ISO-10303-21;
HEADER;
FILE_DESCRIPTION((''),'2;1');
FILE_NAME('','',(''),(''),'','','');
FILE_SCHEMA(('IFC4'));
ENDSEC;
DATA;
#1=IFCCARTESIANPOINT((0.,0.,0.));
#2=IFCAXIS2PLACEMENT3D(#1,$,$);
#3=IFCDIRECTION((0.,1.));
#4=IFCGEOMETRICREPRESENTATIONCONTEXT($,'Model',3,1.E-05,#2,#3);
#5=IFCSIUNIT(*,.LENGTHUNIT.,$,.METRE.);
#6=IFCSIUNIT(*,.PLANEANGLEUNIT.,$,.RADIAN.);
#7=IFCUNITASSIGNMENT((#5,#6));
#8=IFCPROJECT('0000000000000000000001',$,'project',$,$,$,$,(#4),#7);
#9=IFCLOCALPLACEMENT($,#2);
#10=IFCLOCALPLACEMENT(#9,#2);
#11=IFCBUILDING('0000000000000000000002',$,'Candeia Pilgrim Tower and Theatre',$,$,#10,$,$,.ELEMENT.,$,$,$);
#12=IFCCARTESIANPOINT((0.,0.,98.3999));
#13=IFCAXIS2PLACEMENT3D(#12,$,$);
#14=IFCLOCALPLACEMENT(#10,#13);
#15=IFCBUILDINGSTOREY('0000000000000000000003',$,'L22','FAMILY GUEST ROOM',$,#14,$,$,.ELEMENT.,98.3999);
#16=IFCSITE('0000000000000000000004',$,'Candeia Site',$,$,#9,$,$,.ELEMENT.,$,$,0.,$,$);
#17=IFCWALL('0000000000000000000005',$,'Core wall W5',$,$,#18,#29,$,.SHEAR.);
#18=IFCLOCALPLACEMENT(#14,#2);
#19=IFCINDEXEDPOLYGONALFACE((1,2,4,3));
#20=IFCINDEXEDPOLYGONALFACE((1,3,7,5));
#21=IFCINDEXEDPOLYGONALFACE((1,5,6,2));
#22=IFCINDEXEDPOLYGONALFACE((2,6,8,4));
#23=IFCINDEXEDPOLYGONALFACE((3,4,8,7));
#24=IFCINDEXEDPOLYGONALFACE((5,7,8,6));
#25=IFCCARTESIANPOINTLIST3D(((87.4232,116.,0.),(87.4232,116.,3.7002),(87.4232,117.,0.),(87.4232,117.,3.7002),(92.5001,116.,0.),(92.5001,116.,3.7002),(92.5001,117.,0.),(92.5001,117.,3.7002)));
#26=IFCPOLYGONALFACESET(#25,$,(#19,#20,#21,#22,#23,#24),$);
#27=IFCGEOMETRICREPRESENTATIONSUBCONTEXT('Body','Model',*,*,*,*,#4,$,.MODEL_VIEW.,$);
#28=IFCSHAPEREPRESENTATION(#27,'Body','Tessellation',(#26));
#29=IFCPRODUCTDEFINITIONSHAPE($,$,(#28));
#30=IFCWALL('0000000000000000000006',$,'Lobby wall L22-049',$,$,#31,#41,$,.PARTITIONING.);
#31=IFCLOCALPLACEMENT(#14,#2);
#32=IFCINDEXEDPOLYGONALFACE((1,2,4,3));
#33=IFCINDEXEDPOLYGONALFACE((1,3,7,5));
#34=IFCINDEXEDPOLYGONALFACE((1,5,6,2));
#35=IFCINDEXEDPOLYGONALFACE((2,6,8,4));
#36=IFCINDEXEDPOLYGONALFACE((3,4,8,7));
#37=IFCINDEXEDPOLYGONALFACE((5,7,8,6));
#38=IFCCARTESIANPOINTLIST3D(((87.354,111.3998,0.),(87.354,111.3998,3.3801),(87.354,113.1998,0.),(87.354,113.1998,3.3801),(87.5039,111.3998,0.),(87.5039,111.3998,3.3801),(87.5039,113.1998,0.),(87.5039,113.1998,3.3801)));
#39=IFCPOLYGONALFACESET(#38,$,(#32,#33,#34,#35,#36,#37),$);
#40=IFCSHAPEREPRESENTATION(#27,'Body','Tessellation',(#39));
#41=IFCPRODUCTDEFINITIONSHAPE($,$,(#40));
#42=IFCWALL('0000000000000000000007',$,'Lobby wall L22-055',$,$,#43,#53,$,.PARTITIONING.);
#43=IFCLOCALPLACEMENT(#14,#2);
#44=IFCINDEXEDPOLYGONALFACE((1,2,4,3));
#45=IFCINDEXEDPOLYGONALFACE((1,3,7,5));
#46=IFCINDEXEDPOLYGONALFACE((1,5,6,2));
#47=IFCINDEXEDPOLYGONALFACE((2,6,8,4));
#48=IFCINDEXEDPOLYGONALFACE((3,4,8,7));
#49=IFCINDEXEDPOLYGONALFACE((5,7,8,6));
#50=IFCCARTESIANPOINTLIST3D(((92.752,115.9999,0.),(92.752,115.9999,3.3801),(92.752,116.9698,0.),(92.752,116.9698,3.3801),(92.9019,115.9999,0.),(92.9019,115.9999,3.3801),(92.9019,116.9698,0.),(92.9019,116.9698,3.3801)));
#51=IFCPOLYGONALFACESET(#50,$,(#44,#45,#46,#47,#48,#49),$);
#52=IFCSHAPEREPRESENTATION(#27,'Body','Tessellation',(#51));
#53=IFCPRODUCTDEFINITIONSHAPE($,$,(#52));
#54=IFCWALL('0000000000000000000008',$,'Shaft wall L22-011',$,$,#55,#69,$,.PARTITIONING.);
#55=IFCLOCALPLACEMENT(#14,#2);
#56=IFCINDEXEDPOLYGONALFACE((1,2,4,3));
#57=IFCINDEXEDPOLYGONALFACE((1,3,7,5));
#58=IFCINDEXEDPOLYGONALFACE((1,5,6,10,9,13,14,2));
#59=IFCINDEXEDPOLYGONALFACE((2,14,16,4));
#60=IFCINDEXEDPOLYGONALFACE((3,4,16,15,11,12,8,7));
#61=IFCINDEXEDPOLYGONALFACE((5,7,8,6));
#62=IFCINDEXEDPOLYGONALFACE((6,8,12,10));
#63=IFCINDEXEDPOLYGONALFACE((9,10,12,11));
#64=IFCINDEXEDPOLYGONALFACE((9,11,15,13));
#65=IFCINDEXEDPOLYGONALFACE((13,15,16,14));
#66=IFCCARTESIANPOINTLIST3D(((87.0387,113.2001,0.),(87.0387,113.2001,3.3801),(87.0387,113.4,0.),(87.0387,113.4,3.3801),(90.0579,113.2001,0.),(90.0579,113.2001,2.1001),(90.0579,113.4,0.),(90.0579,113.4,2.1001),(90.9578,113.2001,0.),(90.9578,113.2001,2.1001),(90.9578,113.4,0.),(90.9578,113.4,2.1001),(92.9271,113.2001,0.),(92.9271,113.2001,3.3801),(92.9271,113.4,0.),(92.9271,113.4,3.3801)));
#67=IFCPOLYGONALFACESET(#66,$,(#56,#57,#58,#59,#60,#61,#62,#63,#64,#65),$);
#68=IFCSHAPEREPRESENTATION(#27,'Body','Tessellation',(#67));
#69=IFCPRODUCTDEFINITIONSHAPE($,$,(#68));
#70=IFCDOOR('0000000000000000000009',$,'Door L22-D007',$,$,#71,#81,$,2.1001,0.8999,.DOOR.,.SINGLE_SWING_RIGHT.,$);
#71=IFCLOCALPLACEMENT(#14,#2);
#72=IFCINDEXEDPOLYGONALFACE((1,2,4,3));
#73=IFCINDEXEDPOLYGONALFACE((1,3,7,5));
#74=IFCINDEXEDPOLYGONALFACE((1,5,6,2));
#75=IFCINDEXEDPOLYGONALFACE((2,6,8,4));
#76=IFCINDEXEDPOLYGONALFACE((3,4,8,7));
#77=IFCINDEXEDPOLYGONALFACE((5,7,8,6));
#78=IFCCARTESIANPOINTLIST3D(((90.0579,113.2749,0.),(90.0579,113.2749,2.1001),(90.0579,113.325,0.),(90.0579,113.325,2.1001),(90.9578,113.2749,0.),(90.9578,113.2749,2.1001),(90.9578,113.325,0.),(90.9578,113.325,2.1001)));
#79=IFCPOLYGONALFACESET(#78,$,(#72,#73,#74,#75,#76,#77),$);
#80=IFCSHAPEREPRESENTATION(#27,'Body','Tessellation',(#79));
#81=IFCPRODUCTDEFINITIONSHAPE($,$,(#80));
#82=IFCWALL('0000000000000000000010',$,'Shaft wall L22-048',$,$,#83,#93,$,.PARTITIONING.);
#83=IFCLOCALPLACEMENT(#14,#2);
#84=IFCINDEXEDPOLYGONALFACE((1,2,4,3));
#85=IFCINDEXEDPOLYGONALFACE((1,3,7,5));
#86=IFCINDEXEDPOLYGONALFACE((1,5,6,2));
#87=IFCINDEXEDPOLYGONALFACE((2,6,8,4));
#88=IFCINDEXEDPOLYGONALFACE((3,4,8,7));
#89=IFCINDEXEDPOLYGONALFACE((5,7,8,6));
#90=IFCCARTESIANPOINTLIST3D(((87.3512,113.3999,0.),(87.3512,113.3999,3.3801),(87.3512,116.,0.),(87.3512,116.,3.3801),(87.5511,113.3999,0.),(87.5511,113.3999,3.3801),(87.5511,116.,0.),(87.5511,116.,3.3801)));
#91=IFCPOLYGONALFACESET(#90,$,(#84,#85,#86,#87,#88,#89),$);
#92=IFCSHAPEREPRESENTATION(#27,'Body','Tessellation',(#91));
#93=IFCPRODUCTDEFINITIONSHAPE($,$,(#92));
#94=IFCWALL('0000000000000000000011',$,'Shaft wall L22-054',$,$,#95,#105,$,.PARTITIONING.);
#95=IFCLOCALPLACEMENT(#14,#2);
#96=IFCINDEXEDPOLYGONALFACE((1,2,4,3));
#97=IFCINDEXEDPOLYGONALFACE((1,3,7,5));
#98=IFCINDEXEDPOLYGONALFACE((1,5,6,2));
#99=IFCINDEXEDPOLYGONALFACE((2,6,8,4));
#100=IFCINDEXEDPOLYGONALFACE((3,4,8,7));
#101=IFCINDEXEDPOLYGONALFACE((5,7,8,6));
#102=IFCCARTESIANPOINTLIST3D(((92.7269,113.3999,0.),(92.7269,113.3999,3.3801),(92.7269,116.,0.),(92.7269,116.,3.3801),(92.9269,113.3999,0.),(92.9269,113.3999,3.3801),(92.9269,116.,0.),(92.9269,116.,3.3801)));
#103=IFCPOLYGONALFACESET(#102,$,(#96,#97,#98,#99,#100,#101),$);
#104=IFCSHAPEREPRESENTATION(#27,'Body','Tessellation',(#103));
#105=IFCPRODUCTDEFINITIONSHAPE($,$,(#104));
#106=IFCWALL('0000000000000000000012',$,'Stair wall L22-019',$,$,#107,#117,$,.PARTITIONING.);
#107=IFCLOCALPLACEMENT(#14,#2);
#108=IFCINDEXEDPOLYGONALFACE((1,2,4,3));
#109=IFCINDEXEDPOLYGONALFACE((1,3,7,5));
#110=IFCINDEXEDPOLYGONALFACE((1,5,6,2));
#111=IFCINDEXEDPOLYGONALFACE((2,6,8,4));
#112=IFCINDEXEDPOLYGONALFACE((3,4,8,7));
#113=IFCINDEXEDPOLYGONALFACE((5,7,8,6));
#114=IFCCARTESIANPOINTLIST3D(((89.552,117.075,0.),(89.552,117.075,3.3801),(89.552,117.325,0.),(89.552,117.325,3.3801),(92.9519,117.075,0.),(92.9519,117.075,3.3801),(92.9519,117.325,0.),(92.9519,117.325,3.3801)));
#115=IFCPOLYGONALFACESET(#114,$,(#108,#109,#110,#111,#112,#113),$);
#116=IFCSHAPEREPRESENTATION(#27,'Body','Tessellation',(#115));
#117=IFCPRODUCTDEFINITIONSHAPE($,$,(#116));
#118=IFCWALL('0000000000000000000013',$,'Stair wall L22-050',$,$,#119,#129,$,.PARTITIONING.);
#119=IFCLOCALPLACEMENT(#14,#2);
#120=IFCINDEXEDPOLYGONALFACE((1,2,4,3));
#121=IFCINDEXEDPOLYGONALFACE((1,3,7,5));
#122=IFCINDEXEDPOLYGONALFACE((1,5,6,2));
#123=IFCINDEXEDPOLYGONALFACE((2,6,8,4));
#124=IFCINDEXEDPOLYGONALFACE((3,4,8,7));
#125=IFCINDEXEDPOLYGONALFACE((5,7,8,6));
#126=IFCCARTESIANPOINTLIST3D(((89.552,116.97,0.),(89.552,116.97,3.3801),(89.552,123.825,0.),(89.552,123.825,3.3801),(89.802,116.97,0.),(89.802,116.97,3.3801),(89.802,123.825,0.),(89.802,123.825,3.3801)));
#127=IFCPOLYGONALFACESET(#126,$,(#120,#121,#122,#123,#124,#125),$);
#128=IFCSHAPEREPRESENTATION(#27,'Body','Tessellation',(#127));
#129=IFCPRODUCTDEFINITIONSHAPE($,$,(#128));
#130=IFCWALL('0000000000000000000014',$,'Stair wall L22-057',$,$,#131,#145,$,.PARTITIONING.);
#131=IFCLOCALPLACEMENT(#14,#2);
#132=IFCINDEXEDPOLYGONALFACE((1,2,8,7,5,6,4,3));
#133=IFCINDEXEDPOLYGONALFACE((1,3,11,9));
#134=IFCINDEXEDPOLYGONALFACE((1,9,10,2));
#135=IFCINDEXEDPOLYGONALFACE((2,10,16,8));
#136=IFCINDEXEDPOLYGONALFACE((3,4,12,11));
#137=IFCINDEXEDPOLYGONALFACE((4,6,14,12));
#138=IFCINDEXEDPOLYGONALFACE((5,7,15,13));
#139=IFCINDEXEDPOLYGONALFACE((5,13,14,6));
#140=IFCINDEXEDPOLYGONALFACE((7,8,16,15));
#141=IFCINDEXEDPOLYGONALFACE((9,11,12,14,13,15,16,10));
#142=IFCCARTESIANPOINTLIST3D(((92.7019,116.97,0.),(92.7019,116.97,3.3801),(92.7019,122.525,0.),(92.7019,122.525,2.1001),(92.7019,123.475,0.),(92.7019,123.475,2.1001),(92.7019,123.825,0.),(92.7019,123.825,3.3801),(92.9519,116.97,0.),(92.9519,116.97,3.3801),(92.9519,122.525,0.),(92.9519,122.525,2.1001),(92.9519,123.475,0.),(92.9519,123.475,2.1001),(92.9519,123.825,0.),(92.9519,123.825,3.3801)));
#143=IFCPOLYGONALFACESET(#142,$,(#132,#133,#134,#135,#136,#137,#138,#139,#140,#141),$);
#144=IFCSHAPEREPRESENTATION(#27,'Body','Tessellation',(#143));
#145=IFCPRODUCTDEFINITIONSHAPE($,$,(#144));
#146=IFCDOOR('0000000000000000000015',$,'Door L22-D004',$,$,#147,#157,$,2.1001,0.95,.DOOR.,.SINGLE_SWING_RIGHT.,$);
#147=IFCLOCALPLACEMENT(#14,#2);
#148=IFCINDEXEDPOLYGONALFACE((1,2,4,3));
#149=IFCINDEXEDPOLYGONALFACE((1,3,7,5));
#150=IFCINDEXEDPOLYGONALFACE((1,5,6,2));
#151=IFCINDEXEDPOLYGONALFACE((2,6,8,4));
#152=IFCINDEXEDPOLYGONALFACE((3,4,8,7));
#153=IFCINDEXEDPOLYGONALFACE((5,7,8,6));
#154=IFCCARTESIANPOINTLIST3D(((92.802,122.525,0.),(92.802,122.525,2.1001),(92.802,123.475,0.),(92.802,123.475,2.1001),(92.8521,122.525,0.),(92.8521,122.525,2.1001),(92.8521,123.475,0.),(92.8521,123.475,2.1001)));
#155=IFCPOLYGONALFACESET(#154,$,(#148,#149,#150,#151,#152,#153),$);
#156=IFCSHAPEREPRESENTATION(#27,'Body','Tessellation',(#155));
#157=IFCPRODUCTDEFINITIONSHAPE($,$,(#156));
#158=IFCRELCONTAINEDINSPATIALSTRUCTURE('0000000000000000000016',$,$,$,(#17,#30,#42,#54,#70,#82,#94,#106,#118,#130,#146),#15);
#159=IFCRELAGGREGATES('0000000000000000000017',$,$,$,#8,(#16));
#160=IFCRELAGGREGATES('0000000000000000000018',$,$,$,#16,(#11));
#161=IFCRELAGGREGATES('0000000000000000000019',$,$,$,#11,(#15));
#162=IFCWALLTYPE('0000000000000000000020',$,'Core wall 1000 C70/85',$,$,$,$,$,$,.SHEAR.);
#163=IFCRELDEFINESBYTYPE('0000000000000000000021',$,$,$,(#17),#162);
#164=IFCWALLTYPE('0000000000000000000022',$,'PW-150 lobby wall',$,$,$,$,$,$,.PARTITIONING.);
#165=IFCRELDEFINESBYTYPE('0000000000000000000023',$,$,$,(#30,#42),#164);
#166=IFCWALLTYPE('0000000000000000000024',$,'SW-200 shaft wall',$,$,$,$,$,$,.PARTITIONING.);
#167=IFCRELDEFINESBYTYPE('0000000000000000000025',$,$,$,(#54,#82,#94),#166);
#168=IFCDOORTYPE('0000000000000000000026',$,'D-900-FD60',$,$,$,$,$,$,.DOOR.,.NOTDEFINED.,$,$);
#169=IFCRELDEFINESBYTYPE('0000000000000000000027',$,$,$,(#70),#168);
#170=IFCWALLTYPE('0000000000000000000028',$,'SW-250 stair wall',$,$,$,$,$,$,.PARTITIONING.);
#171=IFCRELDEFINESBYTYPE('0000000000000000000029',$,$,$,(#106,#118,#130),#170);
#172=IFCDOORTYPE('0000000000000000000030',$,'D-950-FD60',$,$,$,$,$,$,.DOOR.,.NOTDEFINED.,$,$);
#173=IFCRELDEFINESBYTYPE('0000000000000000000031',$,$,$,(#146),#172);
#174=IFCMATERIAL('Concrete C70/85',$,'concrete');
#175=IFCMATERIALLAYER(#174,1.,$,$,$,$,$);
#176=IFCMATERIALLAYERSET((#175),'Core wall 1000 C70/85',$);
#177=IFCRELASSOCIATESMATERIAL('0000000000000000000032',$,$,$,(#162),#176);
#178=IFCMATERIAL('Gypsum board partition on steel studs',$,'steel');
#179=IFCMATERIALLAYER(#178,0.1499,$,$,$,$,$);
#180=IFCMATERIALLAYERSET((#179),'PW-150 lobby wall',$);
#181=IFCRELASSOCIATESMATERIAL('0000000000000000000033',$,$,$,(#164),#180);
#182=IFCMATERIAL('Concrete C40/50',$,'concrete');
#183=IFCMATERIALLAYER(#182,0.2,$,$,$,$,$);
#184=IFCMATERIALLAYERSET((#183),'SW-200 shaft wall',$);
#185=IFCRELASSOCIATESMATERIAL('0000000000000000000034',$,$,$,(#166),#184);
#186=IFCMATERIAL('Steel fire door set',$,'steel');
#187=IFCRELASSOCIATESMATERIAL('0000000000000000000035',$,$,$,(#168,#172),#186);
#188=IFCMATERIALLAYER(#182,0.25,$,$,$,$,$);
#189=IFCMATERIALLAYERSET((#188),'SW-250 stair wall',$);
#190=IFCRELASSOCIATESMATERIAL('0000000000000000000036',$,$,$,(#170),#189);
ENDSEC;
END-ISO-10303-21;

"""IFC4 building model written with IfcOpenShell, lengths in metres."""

from ifc_helpers import new_model, si_unit, direction, frame, frame_2d, origin, place, context, subcontext, project, spatial, rectangle, extrude, material, layer, layer_set, type_object, element, fill, save


model = new_model("IFC4")

# Units and contexts
model_context = context("Model", 3, precision=1e-05, world=origin(), true_north=direction((0.0, 1.0)))
body_context = subcontext(model_context, "Body", "Model", "MODEL_VIEW")
ifc_project = project(units=[si_unit("LENGTHUNIT", "METRE"), si_unit("PLANEANGLEUNIT", "RADIAN")], contexts=[model_context])

# Site, building, storey
site_placement = place(None, origin())
site = spatial("IfcSite", under=ifc_project, at=site_placement, Name="Candeia Site", CompositionType="ELEMENT", RefElevation=0.0)
building_placement = place(site_placement, origin())
building = spatial("IfcBuilding", under=site, at=building_placement, Name="Candeia Pilgrim Tower and Theatre", CompositionType="ELEMENT")
storey_placement = place(building_placement, frame((0.0, 0.0, 98.3999)))
storey = spatial("IfcBuildingStorey", under=building, at=storey_placement, Name="L22", Description="FAMILY GUEST ROOM", CompositionType="ELEMENT", Elevation=98.3999)

# Walls
ifc_material_1 = material(Name="Concrete C70/85", Category="concrete")
ifc_layer_1 = layer(ifc_material_1, 1.0)
ifc_layer_set_1 = layer_set([ifc_layer_1], Name="Core wall 1000 C70/85")
wall_type_1 = type_object("IfcWallType", Name="Core wall 1000 C70/85", PredefinedType="SHEAR", material=ifc_layer_set_1)
wall_1_placement = place(storey_placement, frame((87.4231, 116.5, 0.0), z_axis=(0.0, 0.0, 1.0), x_axis=(1.0, 0.0, 0.0)))
element("IfcWall", 1, at=wall_1_placement, inside=storey, type_object=wall_type_1, Name="Core wall W5", PredefinedType="SHEAR", context=body_context, shape_type="SweptSolid", body=[
    extrude(rectangle(XDim=5.0769, YDim=1.0, at=frame_2d((2.5386, 0.0))), origin(), (0.0, 0.0, 1.0), 3.7002),
])
ifc_material_2 = material(Name="Gypsum board partition on steel studs", Category="steel")
ifc_layer_2 = layer(ifc_material_2, 0.1499)
ifc_layer_set_2 = layer_set([ifc_layer_2], Name="PW-150 lobby wall")
wall_type_2 = type_object("IfcWallType", Name="PW-150 lobby wall", PredefinedType="PARTITIONING", material=ifc_layer_set_2)
wall_2_placement = place(storey_placement, frame((87.429, 111.3999, 0.0), z_axis=(0.0, 0.0, 1.0), x_axis=(0.0, 1.0, 0.0)))
element("IfcWall", 2, at=wall_2_placement, inside=storey, type_object=wall_type_2, Name="Lobby wall L22-049", PredefinedType="PARTITIONING", context=body_context, shape_type="SweptSolid", body=[
    extrude(rectangle(XDim=1.8, YDim=0.1499, at=frame_2d((0.8999, 0.0))), origin(), (0.0, 0.0, 1.0), 3.3801),
])
wall_3_placement = place(storey_placement, frame((92.8269, 116.0, 0.0), z_axis=(0.0, 0.0, 1.0), x_axis=(0.0, 1.0, 0.0)))
element("IfcWall", 3, at=wall_3_placement, inside=storey, type_object=wall_type_2, Name="Lobby wall L22-055", PredefinedType="PARTITIONING", context=body_context, shape_type="SweptSolid", body=[
    extrude(rectangle(XDim=0.97, YDim=0.1499, at=frame_2d((0.4849, 0.0))), origin(), (0.0, 0.0, 1.0), 3.3801),
])

# Wall, opening, door
ifc_material_3 = material(Name="Concrete C40/50", Category="concrete")
ifc_layer_3 = layer(ifc_material_3, 0.2)
ifc_layer_set_3 = layer_set([ifc_layer_3], Name="SW-200 shaft wall")
wall_type_3 = type_object("IfcWallType", Name="SW-200 shaft wall", PredefinedType="PARTITIONING", material=ifc_layer_set_3)
wall_4_placement = place(storey_placement, frame((87.0386, 113.3, 0.0), z_axis=(0.0, 0.0, 1.0), x_axis=(1.0, 0.0, 0.0)))
wall_4 = element("IfcWall", 4, at=wall_4_placement, inside=storey, type_object=wall_type_3, Name="Shaft wall L22-011", PredefinedType="PARTITIONING", context=body_context, shape_type="SweptSolid", body=[
    extrude(rectangle(XDim=5.8884, YDim=0.2, at=frame_2d((2.9443, 0.0))), origin(), (0.0, 0.0, 1.0), 3.3801),
])
opening_1_placement = place(wall_4_placement, frame((3.0193, 0.0, 0.0)))
opening_1 = element("IfcOpeningElement", 5, at=opening_1_placement, cuts=wall_4, PredefinedType="OPENING", context=body_context, shape_type="SweptSolid", body=[
    extrude(rectangle(XDim=0.8999, YDim=2.1001, at=frame_2d((0.45, 1.05))), frame((0.0, 0.1099, 0.0), z_axis=(0.0, -1.0, 0.0), x_axis=(1.0, 0.0, 0.0)), (0.0, 0.0, 1.0), 0.22),
])
ifc_material_4 = material(Name="Steel fire door set", Category="steel")
door_type_1 = type_object("IfcDoorType", Name="D-900-FD60", OperationType="NOTDEFINED", PredefinedType="DOOR", material=ifc_material_4)
door_1_placement = place(opening_1_placement, origin())
door_1 = element("IfcDoor", 6, at=door_1_placement, inside=storey, type_object=door_type_1, Name="Door L22-D007", OperationType="SINGLE_SWING_RIGHT", OverallHeight=2.1001, OverallWidth=0.8999, PredefinedType="DOOR", context=body_context, shape_type="SweptSolid", body=[
    extrude(rectangle(XDim=0.8999, YDim=2.1001, at=frame_2d((0.45, 1.05))), frame((0.0, 0.0249, 0.0), z_axis=(0.0, -1.0, 0.0), x_axis=(1.0, 0.0, 0.0)), (0.0, 0.0, 1.0), 0.05),
])
fill(opening_1, door_1)

# Walls
for number, where, z_axis, x_axis, name in (
    (7, (87.4512, 113.3999, 0.0), (0.0, 0.0, 1.0), (0.0, 1.0, 0.0), "Shaft wall L22-048"),
    (8, (92.8269, 113.3999, 0.0), (0.0, 0.0, 1.0), (0.0, 1.0, 0.0), "Shaft wall L22-054"),
):
    element("IfcWall", number, at=place(storey_placement, frame(where, z_axis=z_axis, x_axis=x_axis)), inside=storey, type_object=wall_type_3, Name=name, PredefinedType="PARTITIONING", context=body_context, shape_type="SweptSolid", body=[
        extrude(rectangle(XDim=2.6001, YDim=0.2, at=frame_2d((1.3, 0.0))), origin(), (0.0, 0.0, 1.0), 3.3801),
    ])
ifc_layer_4 = layer(ifc_material_3, 0.25)
ifc_layer_set_4 = layer_set([ifc_layer_4], Name="SW-250 stair wall")
wall_type_4 = type_object("IfcWallType", Name="SW-250 stair wall", PredefinedType="PARTITIONING", material=ifc_layer_set_4)
wall_5_placement = place(storey_placement, frame((89.552, 117.2, 0.0), z_axis=(0.0, 0.0, 1.0), x_axis=(1.0, 0.0, 0.0)))
element("IfcWall", 9, at=wall_5_placement, inside=storey, type_object=wall_type_4, Name="Stair wall L22-019", PredefinedType="PARTITIONING", context=body_context, shape_type="SweptSolid", body=[
    extrude(rectangle(XDim=3.3999, YDim=0.25, at=frame_2d((1.7, 0.0))), origin(), (0.0, 0.0, 1.0), 3.3801),
])
wall_6_placement = place(storey_placement, frame((89.677, 116.97, 0.0), z_axis=(0.0, 0.0, 1.0), x_axis=(0.0, 1.0, 0.0)))
element("IfcWall", 10, at=wall_6_placement, inside=storey, type_object=wall_type_4, Name="Stair wall L22-050", PredefinedType="PARTITIONING", context=body_context, shape_type="SweptSolid", body=[
    extrude(rectangle(XDim=6.855, YDim=0.25, at=frame_2d((3.4275, 0.0))), origin(), (0.0, 0.0, 1.0), 3.3801),
])

# Wall, opening, door
wall_7_placement = place(storey_placement, frame((92.8269, 116.97, 0.0), z_axis=(0.0, 0.0, 1.0), x_axis=(0.0, 1.0, 0.0)))
wall_7 = element("IfcWall", 11, at=wall_7_placement, inside=storey, type_object=wall_type_4, Name="Stair wall L22-057", PredefinedType="PARTITIONING", context=body_context, shape_type="SweptSolid", body=[
    extrude(rectangle(XDim=6.855, YDim=0.25, at=frame_2d((3.4275, 0.0))), origin(), (0.0, 0.0, 1.0), 3.3801),
])
opening_2_placement = place(wall_7_placement, frame((5.5549, 0.0, 0.0)))
opening_2 = element("IfcOpeningElement", 12, at=opening_2_placement, cuts=wall_7, PredefinedType="OPENING", context=body_context, shape_type="SweptSolid", body=[
    extrude(rectangle(XDim=0.95, YDim=2.1001, at=frame_2d((0.4751, 1.05))), frame((0.0, 0.135, 0.0), z_axis=(0.0, -1.0, 0.0), x_axis=(1.0, 0.0, 0.0)), (0.0, 0.0, 1.0), 0.27),
])
door_type_2 = type_object("IfcDoorType", Name="D-950-FD60", OperationType="NOTDEFINED", PredefinedType="DOOR", material=ifc_material_4)
door_2_placement = place(opening_2_placement, origin())
door_2 = element("IfcDoor", 13, at=door_2_placement, inside=storey, type_object=door_type_2, Name="Door L22-D004", OperationType="SINGLE_SWING_RIGHT", OverallHeight=2.1001, OverallWidth=0.95, PredefinedType="DOOR", context=body_context, shape_type="SweptSolid", body=[
    extrude(rectangle(XDim=0.95, YDim=2.1001, at=frame_2d((0.4751, 1.05))), frame((0.0, 0.0249, 0.0), z_axis=(0.0, -1.0, 0.0), x_axis=(1.0, 0.0, 0.0)), (0.0, 0.0, 1.0), 0.05),
])
fill(opening_2, door_2)

save(model, "model.ifc")
